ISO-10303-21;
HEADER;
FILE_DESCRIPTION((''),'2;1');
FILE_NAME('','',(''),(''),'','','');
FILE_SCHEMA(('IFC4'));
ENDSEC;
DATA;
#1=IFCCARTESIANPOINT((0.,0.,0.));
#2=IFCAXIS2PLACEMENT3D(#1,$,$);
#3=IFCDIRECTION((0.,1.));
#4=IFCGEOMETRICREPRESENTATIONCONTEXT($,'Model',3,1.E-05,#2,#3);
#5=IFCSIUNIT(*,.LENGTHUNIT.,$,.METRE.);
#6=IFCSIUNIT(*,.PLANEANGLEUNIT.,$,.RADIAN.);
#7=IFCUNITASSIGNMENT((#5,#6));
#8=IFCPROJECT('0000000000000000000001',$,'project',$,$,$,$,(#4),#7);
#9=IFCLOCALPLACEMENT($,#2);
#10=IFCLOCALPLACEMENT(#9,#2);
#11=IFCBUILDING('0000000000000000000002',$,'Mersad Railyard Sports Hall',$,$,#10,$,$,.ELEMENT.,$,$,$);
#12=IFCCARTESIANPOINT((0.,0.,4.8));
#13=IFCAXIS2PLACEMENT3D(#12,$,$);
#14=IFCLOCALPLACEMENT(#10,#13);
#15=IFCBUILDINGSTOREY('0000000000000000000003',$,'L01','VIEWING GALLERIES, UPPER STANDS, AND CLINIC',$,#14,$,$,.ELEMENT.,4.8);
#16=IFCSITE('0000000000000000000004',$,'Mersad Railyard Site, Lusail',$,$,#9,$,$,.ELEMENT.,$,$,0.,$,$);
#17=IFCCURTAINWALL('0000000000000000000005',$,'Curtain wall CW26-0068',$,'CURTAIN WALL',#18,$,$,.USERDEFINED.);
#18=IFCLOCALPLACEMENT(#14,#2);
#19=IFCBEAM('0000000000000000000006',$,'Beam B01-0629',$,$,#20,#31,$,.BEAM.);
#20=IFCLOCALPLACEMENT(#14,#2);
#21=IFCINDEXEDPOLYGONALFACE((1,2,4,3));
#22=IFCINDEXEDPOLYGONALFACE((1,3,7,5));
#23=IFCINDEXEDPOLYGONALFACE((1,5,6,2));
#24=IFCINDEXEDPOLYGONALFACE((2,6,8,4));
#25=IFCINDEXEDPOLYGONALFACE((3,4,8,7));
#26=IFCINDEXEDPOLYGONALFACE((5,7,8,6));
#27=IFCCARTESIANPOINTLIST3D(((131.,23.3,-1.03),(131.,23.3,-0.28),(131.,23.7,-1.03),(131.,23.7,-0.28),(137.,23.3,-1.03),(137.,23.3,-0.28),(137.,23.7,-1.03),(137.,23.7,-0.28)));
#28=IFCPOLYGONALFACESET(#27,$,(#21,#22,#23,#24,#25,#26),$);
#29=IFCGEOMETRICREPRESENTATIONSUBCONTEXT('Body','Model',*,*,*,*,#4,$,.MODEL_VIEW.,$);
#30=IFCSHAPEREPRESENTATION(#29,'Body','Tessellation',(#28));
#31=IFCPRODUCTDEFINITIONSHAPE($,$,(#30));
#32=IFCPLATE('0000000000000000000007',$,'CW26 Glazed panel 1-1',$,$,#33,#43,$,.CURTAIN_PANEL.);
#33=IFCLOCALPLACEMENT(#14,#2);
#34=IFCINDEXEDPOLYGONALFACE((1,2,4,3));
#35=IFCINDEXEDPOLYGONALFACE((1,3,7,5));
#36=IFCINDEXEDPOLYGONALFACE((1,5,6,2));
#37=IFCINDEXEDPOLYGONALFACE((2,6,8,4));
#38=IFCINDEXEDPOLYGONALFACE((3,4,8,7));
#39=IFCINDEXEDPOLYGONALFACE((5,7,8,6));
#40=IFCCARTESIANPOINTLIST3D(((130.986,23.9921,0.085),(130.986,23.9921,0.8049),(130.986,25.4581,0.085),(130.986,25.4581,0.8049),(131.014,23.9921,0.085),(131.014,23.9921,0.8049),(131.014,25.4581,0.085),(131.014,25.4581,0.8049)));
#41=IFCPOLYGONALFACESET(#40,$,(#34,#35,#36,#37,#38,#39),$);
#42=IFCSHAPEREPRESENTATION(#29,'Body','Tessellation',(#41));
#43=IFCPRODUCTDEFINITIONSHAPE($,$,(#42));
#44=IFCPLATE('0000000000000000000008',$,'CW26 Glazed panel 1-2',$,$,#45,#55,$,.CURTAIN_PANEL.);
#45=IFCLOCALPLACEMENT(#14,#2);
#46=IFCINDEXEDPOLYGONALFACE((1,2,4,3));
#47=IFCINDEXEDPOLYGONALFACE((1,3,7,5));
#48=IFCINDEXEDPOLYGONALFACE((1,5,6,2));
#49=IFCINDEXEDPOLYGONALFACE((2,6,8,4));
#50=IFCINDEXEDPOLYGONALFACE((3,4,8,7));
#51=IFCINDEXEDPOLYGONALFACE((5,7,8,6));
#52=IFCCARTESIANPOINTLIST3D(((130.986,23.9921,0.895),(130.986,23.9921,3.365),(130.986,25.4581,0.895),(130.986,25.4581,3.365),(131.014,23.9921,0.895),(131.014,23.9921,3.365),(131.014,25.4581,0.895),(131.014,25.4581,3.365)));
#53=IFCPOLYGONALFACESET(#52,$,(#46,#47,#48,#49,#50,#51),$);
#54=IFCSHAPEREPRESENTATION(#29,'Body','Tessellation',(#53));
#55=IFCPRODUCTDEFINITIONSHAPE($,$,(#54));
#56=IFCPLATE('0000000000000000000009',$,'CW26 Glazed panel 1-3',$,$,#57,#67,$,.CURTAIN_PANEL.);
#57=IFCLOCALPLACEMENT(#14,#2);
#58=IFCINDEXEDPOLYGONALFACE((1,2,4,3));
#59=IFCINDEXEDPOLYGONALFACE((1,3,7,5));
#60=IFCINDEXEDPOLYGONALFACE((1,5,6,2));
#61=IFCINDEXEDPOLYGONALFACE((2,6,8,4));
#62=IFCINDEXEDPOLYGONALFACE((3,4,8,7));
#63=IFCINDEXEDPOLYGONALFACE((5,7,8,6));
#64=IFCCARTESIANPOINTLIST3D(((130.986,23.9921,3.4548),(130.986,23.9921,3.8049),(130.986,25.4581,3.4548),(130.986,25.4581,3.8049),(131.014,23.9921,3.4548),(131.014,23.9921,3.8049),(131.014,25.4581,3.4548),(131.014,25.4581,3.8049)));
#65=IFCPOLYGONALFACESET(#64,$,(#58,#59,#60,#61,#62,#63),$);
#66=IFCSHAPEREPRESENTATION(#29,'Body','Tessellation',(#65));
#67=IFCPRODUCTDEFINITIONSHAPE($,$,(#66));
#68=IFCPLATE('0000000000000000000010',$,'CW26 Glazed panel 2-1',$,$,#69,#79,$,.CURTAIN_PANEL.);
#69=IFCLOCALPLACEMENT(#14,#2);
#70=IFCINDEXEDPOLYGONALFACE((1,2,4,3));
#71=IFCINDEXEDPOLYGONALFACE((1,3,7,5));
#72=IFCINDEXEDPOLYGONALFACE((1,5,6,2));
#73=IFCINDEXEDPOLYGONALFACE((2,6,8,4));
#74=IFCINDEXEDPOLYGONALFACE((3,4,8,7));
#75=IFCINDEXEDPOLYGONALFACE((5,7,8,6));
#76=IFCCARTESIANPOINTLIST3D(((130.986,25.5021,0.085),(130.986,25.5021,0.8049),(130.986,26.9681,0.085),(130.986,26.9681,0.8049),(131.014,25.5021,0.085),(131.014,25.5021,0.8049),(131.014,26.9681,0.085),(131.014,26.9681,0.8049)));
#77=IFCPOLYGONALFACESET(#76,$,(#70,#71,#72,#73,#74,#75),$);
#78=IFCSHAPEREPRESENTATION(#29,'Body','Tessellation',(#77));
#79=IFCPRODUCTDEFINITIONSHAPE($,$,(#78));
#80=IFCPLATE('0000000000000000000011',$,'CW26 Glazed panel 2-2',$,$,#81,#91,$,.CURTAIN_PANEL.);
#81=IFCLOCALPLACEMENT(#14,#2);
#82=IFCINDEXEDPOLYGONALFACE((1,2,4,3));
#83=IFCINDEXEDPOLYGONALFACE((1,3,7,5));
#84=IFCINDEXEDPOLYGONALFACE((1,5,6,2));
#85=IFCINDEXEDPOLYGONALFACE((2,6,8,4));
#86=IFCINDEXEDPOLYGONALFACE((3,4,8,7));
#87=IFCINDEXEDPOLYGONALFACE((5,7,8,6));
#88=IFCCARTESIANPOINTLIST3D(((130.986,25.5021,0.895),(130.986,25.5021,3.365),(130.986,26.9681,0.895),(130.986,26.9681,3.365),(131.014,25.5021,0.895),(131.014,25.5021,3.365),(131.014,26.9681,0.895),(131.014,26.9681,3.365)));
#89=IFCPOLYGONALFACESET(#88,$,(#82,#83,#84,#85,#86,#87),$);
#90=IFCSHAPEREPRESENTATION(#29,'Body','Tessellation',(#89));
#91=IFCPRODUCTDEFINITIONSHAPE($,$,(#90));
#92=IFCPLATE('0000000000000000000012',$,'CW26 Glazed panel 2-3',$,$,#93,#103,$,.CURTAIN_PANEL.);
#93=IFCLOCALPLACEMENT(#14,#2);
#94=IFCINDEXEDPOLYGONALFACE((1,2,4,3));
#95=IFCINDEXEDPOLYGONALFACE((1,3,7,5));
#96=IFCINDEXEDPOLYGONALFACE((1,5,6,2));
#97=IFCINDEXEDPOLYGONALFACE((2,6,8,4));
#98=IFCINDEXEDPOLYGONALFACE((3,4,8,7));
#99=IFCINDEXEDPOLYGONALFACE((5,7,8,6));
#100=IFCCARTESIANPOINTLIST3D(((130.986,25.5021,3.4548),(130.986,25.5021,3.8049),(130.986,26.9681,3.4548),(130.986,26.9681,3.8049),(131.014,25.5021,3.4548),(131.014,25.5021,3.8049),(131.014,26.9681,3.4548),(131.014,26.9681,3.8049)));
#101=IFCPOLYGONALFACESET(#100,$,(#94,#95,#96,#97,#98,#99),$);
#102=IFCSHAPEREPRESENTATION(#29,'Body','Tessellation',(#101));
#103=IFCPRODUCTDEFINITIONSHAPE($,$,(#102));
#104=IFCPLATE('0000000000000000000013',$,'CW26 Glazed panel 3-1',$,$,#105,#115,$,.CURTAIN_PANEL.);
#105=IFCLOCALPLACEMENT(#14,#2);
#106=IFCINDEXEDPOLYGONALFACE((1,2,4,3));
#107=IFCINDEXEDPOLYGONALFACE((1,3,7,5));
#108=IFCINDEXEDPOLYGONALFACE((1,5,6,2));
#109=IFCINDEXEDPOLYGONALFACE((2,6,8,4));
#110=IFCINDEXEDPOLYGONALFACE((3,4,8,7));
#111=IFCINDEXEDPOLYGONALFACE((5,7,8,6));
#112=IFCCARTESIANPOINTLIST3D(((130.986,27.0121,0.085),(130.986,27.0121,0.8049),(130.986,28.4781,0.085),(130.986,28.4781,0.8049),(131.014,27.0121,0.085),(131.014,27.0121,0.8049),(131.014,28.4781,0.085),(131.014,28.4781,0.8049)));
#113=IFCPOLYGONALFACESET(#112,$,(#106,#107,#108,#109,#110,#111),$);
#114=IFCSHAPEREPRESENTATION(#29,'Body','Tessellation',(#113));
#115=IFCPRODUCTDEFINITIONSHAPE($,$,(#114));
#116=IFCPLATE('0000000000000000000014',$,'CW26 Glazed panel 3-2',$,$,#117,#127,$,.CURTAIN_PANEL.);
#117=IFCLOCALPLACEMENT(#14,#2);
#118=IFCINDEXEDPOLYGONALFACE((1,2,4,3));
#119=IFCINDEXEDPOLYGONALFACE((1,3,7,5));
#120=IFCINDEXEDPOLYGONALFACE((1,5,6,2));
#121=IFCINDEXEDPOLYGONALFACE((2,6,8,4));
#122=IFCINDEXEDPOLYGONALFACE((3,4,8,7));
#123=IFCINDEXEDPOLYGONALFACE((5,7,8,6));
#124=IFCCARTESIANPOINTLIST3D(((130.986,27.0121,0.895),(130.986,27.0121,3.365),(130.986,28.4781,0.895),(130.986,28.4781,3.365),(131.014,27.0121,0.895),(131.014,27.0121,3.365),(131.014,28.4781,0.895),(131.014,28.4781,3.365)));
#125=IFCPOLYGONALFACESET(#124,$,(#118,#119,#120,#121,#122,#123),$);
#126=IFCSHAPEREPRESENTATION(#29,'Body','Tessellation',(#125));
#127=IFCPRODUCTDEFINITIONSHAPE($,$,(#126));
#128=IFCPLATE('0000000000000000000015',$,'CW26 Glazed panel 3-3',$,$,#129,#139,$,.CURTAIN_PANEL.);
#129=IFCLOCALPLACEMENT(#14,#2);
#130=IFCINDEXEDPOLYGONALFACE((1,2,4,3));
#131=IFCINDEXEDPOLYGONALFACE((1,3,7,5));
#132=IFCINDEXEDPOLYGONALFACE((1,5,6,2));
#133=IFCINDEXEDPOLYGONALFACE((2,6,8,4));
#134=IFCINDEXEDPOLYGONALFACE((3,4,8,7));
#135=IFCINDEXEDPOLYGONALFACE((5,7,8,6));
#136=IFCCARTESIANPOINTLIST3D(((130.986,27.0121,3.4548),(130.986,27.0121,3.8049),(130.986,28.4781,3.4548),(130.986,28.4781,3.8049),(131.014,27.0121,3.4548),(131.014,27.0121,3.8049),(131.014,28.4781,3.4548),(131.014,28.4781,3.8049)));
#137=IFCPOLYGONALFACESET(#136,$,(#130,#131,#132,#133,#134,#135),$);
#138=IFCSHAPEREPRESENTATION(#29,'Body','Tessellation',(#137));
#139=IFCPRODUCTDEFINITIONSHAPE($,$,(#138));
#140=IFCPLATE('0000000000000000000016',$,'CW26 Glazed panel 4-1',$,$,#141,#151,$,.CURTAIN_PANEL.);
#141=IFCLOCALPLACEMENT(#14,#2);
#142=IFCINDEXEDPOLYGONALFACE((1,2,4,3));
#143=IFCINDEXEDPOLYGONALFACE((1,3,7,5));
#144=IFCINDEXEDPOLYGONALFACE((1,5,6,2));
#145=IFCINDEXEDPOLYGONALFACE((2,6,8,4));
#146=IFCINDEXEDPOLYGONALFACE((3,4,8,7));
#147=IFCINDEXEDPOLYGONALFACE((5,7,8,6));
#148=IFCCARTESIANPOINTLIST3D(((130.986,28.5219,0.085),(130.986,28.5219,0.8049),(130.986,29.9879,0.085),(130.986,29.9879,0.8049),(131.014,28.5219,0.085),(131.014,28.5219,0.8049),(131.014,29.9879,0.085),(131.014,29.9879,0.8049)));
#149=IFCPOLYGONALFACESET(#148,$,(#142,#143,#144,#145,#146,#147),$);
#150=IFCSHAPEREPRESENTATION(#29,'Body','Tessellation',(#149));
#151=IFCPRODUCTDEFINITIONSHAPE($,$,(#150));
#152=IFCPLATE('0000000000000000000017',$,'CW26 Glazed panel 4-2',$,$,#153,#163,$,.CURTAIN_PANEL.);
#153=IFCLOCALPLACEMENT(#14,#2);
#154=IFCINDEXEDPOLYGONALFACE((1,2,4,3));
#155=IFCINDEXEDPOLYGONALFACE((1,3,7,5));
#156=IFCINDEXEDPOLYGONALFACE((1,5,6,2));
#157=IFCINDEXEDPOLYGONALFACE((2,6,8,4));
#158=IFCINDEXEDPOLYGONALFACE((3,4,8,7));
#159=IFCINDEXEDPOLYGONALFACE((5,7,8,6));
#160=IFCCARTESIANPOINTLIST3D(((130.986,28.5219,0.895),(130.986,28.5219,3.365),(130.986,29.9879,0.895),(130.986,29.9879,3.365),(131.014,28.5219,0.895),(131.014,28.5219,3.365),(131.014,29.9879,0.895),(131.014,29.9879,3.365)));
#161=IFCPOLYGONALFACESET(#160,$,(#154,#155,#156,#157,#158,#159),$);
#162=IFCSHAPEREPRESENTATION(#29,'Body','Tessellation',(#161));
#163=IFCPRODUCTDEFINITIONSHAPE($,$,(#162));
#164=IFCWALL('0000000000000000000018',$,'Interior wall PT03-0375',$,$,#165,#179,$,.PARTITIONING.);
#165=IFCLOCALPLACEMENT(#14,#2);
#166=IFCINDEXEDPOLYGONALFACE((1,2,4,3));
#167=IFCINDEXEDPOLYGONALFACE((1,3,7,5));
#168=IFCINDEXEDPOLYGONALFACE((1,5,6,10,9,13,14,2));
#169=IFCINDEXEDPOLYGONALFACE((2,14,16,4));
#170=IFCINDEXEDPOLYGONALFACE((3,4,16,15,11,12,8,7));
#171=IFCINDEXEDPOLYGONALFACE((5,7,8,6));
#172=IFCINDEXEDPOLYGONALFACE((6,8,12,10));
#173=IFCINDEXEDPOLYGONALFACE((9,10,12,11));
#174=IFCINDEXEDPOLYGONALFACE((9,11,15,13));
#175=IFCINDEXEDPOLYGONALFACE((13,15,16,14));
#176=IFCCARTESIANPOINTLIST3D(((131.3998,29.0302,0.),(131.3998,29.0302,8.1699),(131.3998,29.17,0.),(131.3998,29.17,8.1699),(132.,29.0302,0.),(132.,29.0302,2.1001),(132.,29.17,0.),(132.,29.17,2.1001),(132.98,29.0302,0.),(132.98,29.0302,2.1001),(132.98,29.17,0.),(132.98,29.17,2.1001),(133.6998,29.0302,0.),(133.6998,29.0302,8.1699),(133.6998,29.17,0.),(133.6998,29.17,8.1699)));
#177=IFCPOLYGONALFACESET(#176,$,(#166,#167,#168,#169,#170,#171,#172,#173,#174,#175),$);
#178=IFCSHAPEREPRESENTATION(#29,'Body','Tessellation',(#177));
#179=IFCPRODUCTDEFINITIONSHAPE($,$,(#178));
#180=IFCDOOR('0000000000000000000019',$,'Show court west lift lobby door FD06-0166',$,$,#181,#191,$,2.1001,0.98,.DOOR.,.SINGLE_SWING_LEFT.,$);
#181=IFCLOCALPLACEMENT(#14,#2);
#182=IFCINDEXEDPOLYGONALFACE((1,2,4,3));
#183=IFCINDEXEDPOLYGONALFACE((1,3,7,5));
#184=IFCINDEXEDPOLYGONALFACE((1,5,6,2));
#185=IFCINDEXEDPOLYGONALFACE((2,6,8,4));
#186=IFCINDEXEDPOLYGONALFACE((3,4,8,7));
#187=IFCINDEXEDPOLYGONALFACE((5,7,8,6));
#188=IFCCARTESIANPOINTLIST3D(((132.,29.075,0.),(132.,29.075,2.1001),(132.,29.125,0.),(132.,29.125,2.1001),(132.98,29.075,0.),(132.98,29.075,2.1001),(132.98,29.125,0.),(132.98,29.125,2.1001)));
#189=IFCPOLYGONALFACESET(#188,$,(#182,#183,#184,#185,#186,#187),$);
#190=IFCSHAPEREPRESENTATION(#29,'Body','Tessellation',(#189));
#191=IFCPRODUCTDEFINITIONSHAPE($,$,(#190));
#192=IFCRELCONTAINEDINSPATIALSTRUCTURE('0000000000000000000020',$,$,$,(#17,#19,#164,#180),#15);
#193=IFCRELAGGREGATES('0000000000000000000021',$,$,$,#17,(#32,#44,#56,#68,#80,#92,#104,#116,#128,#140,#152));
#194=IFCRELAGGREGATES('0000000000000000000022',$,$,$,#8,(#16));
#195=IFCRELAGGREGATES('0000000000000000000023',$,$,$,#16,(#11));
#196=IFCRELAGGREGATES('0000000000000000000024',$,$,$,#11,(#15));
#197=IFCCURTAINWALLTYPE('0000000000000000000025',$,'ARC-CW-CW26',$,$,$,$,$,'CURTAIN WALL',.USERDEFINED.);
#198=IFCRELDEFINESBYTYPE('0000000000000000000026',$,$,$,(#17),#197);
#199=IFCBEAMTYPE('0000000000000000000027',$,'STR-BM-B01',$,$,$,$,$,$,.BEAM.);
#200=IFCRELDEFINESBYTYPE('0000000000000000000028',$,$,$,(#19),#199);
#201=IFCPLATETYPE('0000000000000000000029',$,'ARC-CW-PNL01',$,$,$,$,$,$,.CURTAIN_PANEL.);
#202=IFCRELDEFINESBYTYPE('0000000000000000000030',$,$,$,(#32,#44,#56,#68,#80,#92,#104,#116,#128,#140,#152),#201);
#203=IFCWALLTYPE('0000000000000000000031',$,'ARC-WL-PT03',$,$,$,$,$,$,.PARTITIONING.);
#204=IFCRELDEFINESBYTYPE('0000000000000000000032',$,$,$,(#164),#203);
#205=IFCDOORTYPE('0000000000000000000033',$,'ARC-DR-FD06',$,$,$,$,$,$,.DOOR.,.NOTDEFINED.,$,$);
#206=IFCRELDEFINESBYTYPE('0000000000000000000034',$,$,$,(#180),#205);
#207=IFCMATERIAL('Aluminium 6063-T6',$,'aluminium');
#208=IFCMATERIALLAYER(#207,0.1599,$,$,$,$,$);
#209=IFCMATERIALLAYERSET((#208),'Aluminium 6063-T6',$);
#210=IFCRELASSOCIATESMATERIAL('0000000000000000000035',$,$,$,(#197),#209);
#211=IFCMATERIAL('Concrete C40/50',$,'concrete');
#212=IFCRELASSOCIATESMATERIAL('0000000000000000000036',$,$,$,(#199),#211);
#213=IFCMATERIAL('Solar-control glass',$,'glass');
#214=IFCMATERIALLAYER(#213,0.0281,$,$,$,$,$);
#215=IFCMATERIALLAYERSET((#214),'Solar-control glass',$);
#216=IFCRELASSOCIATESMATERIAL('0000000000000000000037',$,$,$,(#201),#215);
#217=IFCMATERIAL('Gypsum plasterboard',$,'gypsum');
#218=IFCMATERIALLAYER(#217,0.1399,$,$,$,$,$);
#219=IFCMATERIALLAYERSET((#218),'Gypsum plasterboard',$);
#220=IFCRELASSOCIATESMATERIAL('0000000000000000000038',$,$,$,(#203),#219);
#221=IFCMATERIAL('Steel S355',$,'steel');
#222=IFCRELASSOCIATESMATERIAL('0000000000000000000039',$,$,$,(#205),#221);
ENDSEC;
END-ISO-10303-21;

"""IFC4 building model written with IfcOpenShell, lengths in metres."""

from ifc_helpers import new_model, si_unit, direction, frame, frame_2d, origin, origin_2d, place, context, subcontext, project, spatial, rectangle, extrude, material, layer, layer_set, material_profile, profile_set, type_object, element, fill, aggregate, save


model = new_model("IFC4")

# Units and contexts
model_context = context("Model", 3, precision=1e-05, world=origin(), true_north=direction((0.0, 1.0)))
body_context = subcontext(model_context, "Body", "Model", "MODEL_VIEW")
ifc_project = project(units=[si_unit("LENGTHUNIT", "METRE"), si_unit("PLANEANGLEUNIT", "RADIAN")], contexts=[model_context])

# Site, building, storey
site_placement = place(None, origin())
site = spatial("IfcSite", under=ifc_project, at=site_placement, Name="Mersad Railyard Site, Lusail", CompositionType="ELEMENT", RefElevation=0.0)
building_placement = place(site_placement, origin())
building = spatial("IfcBuilding", under=site, at=building_placement, Name="Mersad Railyard Sports Hall", CompositionType="ELEMENT")
storey_placement = place(building_placement, frame((0.0, 0.0, 4.8)))
storey = spatial("IfcBuildingStorey", under=building, at=storey_placement, Name="L01", Description="VIEWING GALLERIES, UPPER STANDS, AND CLINIC", CompositionType="ELEMENT", Elevation=4.8)

# Shared definitions
ifc_material_1 = material(Name="Aluminium 6063-T6", Category="aluminium")

# Curtain wall
ifc_layer_1 = layer(ifc_material_1, 0.1599)
ifc_layer_set_1 = layer_set([ifc_layer_1], Name="Aluminium 6063-T6")
curtain_wall_type_1 = type_object("IfcCurtainWallType", Name="ARC-CW-CW26", ElementType="CURTAIN WALL", PredefinedType="USERDEFINED", material=ifc_layer_set_1)
curtain_wall_1_placement = place(storey_placement, origin())
curtain_wall_1 = element("IfcCurtainWall", 1, at=curtain_wall_1_placement, inside=storey, type_object=curtain_wall_type_1, Name="Curtain wall CW26-0068", ObjectType="CURTAIN WALL", PredefinedType="USERDEFINED")

# Beam
ifc_material_2 = material(Name="Concrete C40/50", Category="concrete")
ifc_material_profile_1 = material_profile(ifc_material_2, rectangle(XDim=0.3999, YDim=0.75, at=origin_2d()), Name="RC 400x750")
ifc_profile_set_1 = profile_set([ifc_material_profile_1], Name="Concrete C40/50")
beam_type = type_object("IfcBeamType", Name="STR-BM-B01", PredefinedType="BEAM", material=ifc_profile_set_1)
beam_placement = place(storey_placement, frame((131.0, 23.5, -0.655), z_axis=(1.0, 0.0, 0.0), x_axis=(0.0, 1.0, 0.0)))
element("IfcBeam", 2, at=beam_placement, inside=storey, type_object=beam_type, Name="Beam B01-0629", PredefinedType="BEAM", context=body_context, shape_type="SweptSolid", body=[
    extrude(rectangle(XDim=0.3999, YDim=0.75, at=origin_2d()), origin(), (0.0, 0.0, 1.0), 6.0),
])

# Plates
ifc_material_3 = material(Name="Solar-control glass", Category="glass")
ifc_layer_2 = layer(ifc_material_3, 0.0281)
ifc_layer_set_2 = layer_set([ifc_layer_2], Name="Solar-control glass")
plate_type = type_object("IfcPlateType", Name="ARC-CW-PNL01", PredefinedType="CURTAIN_PANEL", material=ifc_layer_set_2)
plate_1_placement = place(storey_placement, frame((131.0, 24.7251, 0.085), z_axis=(0.0, 0.0, 1.0), x_axis=(0.0, 1.0, 0.0)))
plate_1 = element("IfcPlate", 3, at=plate_1_placement, type_object=plate_type, Name="CW26 Glazed panel 1-1", PredefinedType="CURTAIN_PANEL", context=body_context, shape_type="SweptSolid", body=[
    extrude(rectangle(XDim=1.4661, YDim=0.0281, at=origin_2d()), origin(), (0.0, 0.0, 1.0), 0.72),
])
plate_2_placement = place(storey_placement, frame((131.0, 24.7251, 0.895), z_axis=(0.0, 0.0, 1.0), x_axis=(0.0, 1.0, 0.0)))
plate_2 = element("IfcPlate", 4, at=plate_2_placement, type_object=plate_type, Name="CW26 Glazed panel 1-2", PredefinedType="CURTAIN_PANEL", context=body_context, shape_type="SweptSolid", body=[
    extrude(rectangle(XDim=1.4661, YDim=0.0281, at=origin_2d()), origin(), (0.0, 0.0, 1.0), 2.47),
])
plate_3_placement = place(storey_placement, frame((131.0, 24.7251, 3.4548), z_axis=(0.0, 0.0, 1.0), x_axis=(0.0, 1.0, 0.0)))
plate_3 = element("IfcPlate", 5, at=plate_3_placement, type_object=plate_type, Name="CW26 Glazed panel 1-3", PredefinedType="CURTAIN_PANEL", context=body_context, shape_type="SweptSolid", body=[
    extrude(rectangle(XDim=1.4661, YDim=0.0281, at=origin_2d()), origin(), (0.0, 0.0, 1.0), 0.3501),
])
plate_4_placement = place(storey_placement, frame((131.0, 26.2351, 0.085), z_axis=(0.0, 0.0, 1.0), x_axis=(0.0, 1.0, 0.0)))
plate_4 = element("IfcPlate", 6, at=plate_4_placement, type_object=plate_type, Name="CW26 Glazed panel 2-1", PredefinedType="CURTAIN_PANEL", context=body_context, shape_type="SweptSolid", body=[
    extrude(rectangle(XDim=1.4661, YDim=0.0281, at=origin_2d()), origin(), (0.0, 0.0, 1.0), 0.72),
])
plate_5_placement = place(storey_placement, frame((131.0, 26.2351, 0.895), z_axis=(0.0, 0.0, 1.0), x_axis=(0.0, 1.0, 0.0)))
plate_5 = element("IfcPlate", 7, at=plate_5_placement, type_object=plate_type, Name="CW26 Glazed panel 2-2", PredefinedType="CURTAIN_PANEL", context=body_context, shape_type="SweptSolid", body=[
    extrude(rectangle(XDim=1.4661, YDim=0.0281, at=origin_2d()), origin(), (0.0, 0.0, 1.0), 2.47),
])
plate_6_placement = place(storey_placement, frame((131.0, 26.2351, 3.4548), z_axis=(0.0, 0.0, 1.0), x_axis=(0.0, 1.0, 0.0)))
plate_6 = element("IfcPlate", 8, at=plate_6_placement, type_object=plate_type, Name="CW26 Glazed panel 2-3", PredefinedType="CURTAIN_PANEL", context=body_context, shape_type="SweptSolid", body=[
    extrude(rectangle(XDim=1.4661, YDim=0.0281, at=origin_2d()), origin(), (0.0, 0.0, 1.0), 0.3501),
])
plate_7_placement = place(storey_placement, frame((131.0, 27.7451, 0.085), z_axis=(0.0, 0.0, 1.0), x_axis=(0.0, 1.0, 0.0)))
plate_7 = element("IfcPlate", 9, at=plate_7_placement, type_object=plate_type, Name="CW26 Glazed panel 3-1", PredefinedType="CURTAIN_PANEL", context=body_context, shape_type="SweptSolid", body=[
    extrude(rectangle(XDim=1.4661, YDim=0.0281, at=origin_2d()), origin(), (0.0, 0.0, 1.0), 0.72),
])
plate_8_placement = place(storey_placement, frame((131.0, 27.7451, 0.895), z_axis=(0.0, 0.0, 1.0), x_axis=(0.0, 1.0, 0.0)))
plate_8 = element("IfcPlate", 10, at=plate_8_placement, type_object=plate_type, Name="CW26 Glazed panel 3-2", PredefinedType="CURTAIN_PANEL", context=body_context, shape_type="SweptSolid", body=[
    extrude(rectangle(XDim=1.4661, YDim=0.0281, at=origin_2d()), origin(), (0.0, 0.0, 1.0), 2.47),
])
plate_9_placement = place(storey_placement, frame((131.0, 27.7451, 3.4548), z_axis=(0.0, 0.0, 1.0), x_axis=(0.0, 1.0, 0.0)))
plate_9 = element("IfcPlate", 11, at=plate_9_placement, type_object=plate_type, Name="CW26 Glazed panel 3-3", PredefinedType="CURTAIN_PANEL", context=body_context, shape_type="SweptSolid", body=[
    extrude(rectangle(XDim=1.4661, YDim=0.0281, at=origin_2d()), origin(), (0.0, 0.0, 1.0), 0.3501),
])
plate_10_placement = place(storey_placement, frame((131.0, 29.2549, 0.085), z_axis=(0.0, 0.0, 1.0), x_axis=(0.0, 1.0, 0.0)))
plate_10 = element("IfcPlate", 12, at=plate_10_placement, type_object=plate_type, Name="CW26 Glazed panel 4-1", PredefinedType="CURTAIN_PANEL", context=body_context, shape_type="SweptSolid", body=[
    extrude(rectangle(XDim=1.4661, YDim=0.0281, at=origin_2d()), origin(), (0.0, 0.0, 1.0), 0.72),
])
plate_11_placement = place(storey_placement, frame((131.0, 29.2549, 0.895), z_axis=(0.0, 0.0, 1.0), x_axis=(0.0, 1.0, 0.0)))
plate_11 = element("IfcPlate", 13, at=plate_11_placement, type_object=plate_type, Name="CW26 Glazed panel 4-2", PredefinedType="CURTAIN_PANEL", context=body_context, shape_type="SweptSolid", body=[
    extrude(rectangle(XDim=1.4661, YDim=0.0281, at=origin_2d()), origin(), (0.0, 0.0, 1.0), 2.47),
])
aggregate(curtain_wall_1, [plate_1, plate_2, plate_3, plate_4, plate_5, plate_6, plate_7, plate_8, plate_9, plate_10, plate_11])

# Wall, opening, door
ifc_material_4 = material(Name="Gypsum plasterboard", Category="gypsum")
ifc_layer_3 = layer(ifc_material_4, 0.1399)
ifc_layer_set_3 = layer_set([ifc_layer_3], Name="Gypsum plasterboard")
wall_type_1 = type_object("IfcWallType", Name="ARC-WL-PT03", PredefinedType="PARTITIONING", material=ifc_layer_set_3)
wall_1_placement = place(storey_placement, frame((131.3999, 29.1001, 0.0), z_axis=(0.0, 0.0, 1.0), x_axis=(1.0, 0.0, 0.0)))
wall_1 = element("IfcWall", 14, at=wall_1_placement, inside=storey, type_object=wall_type_1, Name="Interior wall PT03-0375", PredefinedType="PARTITIONING", context=body_context, shape_type="SweptSolid", body=[
    extrude(rectangle(XDim=2.3, YDim=0.1399, at=frame_2d((1.1499, 0.0))), origin(), (0.0, 0.0, 1.0), 8.1699),
])
opening_1_placement = place(wall_1_placement, frame((0.6001, 0.0, 0.0)))
opening_1 = element("IfcOpeningElement", 15, at=opening_1_placement, cuts=wall_1, PredefinedType="OPENING", context=body_context, shape_type="SweptSolid", body=[
    extrude(rectangle(XDim=0.98, YDim=2.1001, at=frame_2d((0.49, 1.05))), frame((0.0, 0.0798, 0.0), z_axis=(0.0, -1.0, 0.0), x_axis=(1.0, 0.0, 0.0)), (0.0, 0.0, 1.0), 0.1599),
])
ifc_material_5 = material(Name="Steel S355", Category="steel")
door_type_1 = type_object("IfcDoorType", Name="ARC-DR-FD06", OperationType="NOTDEFINED", PredefinedType="DOOR", material=ifc_material_5)
door_1_placement = place(opening_1_placement, origin())
door_1 = element("IfcDoor", 16, at=door_1_placement, inside=storey, type_object=door_type_1, Name="Show court west lift lobby door FD06-0166", OperationType="SINGLE_SWING_LEFT", OverallHeight=2.1001, OverallWidth=0.98, PredefinedType="DOOR", context=body_context, shape_type="SweptSolid", body=[
    extrude(rectangle(XDim=0.98, YDim=2.1001, at=frame_2d((0.49, 1.05))), frame((0.0, 0.0249, 0.0), z_axis=(0.0, -1.0, 0.0), x_axis=(1.0, 0.0, 0.0)), (0.0, 0.0, 1.0), 0.05),
])
fill(opening_1, door_1)

save(model, "model.ifc")
